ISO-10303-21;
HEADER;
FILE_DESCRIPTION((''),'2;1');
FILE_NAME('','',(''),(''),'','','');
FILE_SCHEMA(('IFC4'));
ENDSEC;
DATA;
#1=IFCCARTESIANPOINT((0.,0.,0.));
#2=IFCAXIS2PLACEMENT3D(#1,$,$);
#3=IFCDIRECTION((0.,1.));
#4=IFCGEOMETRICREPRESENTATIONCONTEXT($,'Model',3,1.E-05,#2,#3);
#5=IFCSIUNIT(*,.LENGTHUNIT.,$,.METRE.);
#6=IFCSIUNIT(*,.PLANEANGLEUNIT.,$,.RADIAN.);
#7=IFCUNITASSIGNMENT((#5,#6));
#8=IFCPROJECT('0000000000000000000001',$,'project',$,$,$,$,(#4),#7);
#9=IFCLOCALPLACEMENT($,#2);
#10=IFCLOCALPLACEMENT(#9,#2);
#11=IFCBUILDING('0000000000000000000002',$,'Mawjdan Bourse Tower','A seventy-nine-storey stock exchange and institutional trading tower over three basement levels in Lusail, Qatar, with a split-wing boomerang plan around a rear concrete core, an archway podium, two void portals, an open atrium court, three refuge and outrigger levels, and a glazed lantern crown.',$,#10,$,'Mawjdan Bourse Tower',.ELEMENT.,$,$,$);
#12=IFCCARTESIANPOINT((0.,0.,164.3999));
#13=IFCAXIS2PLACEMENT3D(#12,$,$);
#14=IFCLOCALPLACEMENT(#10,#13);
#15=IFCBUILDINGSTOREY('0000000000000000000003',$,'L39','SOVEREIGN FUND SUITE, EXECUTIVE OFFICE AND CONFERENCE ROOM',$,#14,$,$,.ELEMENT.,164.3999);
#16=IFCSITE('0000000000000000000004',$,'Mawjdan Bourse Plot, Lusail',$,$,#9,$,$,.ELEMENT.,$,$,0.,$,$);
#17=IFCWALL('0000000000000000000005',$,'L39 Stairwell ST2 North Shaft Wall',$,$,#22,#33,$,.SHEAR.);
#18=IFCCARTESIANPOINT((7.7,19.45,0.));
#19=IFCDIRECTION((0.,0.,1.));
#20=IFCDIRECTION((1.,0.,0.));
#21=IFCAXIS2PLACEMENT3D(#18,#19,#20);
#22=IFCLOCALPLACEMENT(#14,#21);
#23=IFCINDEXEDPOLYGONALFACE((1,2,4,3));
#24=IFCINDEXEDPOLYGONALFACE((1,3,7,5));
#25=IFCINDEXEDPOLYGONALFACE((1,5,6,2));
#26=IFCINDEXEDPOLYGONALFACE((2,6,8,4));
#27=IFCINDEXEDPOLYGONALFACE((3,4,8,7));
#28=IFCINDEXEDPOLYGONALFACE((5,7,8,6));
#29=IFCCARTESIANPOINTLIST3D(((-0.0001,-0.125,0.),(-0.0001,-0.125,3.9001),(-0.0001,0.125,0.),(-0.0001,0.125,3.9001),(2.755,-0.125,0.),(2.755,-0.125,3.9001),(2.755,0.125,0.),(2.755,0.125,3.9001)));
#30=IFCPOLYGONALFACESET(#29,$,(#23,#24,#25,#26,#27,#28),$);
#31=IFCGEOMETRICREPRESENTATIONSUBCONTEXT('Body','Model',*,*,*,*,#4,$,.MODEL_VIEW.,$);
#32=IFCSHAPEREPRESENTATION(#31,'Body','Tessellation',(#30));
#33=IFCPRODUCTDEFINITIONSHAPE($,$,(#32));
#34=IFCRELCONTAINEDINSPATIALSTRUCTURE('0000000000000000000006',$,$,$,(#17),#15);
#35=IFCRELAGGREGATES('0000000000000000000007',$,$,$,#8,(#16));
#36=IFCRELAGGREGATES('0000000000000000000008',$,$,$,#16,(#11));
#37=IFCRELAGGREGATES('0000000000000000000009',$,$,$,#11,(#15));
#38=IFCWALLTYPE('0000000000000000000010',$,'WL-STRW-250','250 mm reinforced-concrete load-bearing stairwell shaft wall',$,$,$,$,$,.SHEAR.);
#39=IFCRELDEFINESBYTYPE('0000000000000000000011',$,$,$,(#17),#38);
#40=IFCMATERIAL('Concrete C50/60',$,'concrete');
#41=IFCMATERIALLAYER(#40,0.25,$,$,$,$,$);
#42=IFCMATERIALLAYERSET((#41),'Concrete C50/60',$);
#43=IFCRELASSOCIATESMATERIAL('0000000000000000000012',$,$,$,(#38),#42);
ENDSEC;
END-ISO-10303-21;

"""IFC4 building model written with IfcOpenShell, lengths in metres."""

from ifc_helpers import new_model, si_unit, direction, frame, frame_2d, origin, place, context, subcontext, project, spatial, rectangle, extrude, material, layer, layer_set, type_object, element, save


model = new_model("IFC4")

# Units and contexts
model_context = context("Model", 3, precision=1e-05, world=origin(), true_north=direction((0.0, 1.0)))
body_context = subcontext(model_context, "Body", "Model", "MODEL_VIEW")
ifc_project = project(units=[si_unit("LENGTHUNIT", "METRE"), si_unit("PLANEANGLEUNIT", "RADIAN")], contexts=[model_context])

# Site, building, storey
site_placement = place(None, origin())
site = spatial("IfcSite", under=ifc_project, at=site_placement, Name="Mawjdan Bourse Plot, Lusail", CompositionType="ELEMENT", RefElevation=0.0)
building_placement = place(site_placement, origin())
building = spatial("IfcBuilding", under=site, at=building_placement, Name="Mawjdan Bourse Tower", Description="A seventy-nine-storey stock exchange and institutional trading tower over three basement levels in Lusail, Qatar, with a split-wing boomerang plan around a rear concrete core, an archway podium, two void portals, an open atrium court, three refuge and outrigger levels, and a glazed lantern crown.", LongName="Mawjdan Bourse Tower", CompositionType="ELEMENT")
storey_placement = place(building_placement, frame((0.0, 0.0, 164.3999)))
storey = spatial("IfcBuildingStorey", under=building, at=storey_placement, Name="L39", Description="SOVEREIGN FUND SUITE, EXECUTIVE OFFICE AND CONFERENCE ROOM", CompositionType="ELEMENT", Elevation=164.3999)

# Shared definitions
ifc_material_1 = material(Name="Concrete C50/60", Category="concrete")

# Wall
ifc_layer_1 = layer(ifc_material_1, 0.25)
ifc_layer_set_1 = layer_set([ifc_layer_1], Name="Concrete C50/60")
wall_type_1 = type_object("IfcWallType", Name="WL-STRW-250", Description="250 mm reinforced-concrete load-bearing stairwell shaft wall", PredefinedType="SHEAR", material=ifc_layer_set_1)
wall_1_placement = place(storey_placement, frame((7.7, 19.45, 0.0), z_axis=(0.0, 0.0, 1.0), x_axis=(1.0, 0.0, 0.0)))
element("IfcWall", 1, at=wall_1_placement, inside=storey, type_object=wall_type_1, Name="L39 Stairwell ST2 North Shaft Wall", PredefinedType="SHEAR", context=body_context, shape_type="SweptSolid", body=[
    extrude(rectangle(XDim=2.7551, YDim=0.25, at=frame_2d((1.3774, 0.0))), origin(), (0.0, 0.0, 1.0), 3.9001),
])

save(model, "model.ifc")
